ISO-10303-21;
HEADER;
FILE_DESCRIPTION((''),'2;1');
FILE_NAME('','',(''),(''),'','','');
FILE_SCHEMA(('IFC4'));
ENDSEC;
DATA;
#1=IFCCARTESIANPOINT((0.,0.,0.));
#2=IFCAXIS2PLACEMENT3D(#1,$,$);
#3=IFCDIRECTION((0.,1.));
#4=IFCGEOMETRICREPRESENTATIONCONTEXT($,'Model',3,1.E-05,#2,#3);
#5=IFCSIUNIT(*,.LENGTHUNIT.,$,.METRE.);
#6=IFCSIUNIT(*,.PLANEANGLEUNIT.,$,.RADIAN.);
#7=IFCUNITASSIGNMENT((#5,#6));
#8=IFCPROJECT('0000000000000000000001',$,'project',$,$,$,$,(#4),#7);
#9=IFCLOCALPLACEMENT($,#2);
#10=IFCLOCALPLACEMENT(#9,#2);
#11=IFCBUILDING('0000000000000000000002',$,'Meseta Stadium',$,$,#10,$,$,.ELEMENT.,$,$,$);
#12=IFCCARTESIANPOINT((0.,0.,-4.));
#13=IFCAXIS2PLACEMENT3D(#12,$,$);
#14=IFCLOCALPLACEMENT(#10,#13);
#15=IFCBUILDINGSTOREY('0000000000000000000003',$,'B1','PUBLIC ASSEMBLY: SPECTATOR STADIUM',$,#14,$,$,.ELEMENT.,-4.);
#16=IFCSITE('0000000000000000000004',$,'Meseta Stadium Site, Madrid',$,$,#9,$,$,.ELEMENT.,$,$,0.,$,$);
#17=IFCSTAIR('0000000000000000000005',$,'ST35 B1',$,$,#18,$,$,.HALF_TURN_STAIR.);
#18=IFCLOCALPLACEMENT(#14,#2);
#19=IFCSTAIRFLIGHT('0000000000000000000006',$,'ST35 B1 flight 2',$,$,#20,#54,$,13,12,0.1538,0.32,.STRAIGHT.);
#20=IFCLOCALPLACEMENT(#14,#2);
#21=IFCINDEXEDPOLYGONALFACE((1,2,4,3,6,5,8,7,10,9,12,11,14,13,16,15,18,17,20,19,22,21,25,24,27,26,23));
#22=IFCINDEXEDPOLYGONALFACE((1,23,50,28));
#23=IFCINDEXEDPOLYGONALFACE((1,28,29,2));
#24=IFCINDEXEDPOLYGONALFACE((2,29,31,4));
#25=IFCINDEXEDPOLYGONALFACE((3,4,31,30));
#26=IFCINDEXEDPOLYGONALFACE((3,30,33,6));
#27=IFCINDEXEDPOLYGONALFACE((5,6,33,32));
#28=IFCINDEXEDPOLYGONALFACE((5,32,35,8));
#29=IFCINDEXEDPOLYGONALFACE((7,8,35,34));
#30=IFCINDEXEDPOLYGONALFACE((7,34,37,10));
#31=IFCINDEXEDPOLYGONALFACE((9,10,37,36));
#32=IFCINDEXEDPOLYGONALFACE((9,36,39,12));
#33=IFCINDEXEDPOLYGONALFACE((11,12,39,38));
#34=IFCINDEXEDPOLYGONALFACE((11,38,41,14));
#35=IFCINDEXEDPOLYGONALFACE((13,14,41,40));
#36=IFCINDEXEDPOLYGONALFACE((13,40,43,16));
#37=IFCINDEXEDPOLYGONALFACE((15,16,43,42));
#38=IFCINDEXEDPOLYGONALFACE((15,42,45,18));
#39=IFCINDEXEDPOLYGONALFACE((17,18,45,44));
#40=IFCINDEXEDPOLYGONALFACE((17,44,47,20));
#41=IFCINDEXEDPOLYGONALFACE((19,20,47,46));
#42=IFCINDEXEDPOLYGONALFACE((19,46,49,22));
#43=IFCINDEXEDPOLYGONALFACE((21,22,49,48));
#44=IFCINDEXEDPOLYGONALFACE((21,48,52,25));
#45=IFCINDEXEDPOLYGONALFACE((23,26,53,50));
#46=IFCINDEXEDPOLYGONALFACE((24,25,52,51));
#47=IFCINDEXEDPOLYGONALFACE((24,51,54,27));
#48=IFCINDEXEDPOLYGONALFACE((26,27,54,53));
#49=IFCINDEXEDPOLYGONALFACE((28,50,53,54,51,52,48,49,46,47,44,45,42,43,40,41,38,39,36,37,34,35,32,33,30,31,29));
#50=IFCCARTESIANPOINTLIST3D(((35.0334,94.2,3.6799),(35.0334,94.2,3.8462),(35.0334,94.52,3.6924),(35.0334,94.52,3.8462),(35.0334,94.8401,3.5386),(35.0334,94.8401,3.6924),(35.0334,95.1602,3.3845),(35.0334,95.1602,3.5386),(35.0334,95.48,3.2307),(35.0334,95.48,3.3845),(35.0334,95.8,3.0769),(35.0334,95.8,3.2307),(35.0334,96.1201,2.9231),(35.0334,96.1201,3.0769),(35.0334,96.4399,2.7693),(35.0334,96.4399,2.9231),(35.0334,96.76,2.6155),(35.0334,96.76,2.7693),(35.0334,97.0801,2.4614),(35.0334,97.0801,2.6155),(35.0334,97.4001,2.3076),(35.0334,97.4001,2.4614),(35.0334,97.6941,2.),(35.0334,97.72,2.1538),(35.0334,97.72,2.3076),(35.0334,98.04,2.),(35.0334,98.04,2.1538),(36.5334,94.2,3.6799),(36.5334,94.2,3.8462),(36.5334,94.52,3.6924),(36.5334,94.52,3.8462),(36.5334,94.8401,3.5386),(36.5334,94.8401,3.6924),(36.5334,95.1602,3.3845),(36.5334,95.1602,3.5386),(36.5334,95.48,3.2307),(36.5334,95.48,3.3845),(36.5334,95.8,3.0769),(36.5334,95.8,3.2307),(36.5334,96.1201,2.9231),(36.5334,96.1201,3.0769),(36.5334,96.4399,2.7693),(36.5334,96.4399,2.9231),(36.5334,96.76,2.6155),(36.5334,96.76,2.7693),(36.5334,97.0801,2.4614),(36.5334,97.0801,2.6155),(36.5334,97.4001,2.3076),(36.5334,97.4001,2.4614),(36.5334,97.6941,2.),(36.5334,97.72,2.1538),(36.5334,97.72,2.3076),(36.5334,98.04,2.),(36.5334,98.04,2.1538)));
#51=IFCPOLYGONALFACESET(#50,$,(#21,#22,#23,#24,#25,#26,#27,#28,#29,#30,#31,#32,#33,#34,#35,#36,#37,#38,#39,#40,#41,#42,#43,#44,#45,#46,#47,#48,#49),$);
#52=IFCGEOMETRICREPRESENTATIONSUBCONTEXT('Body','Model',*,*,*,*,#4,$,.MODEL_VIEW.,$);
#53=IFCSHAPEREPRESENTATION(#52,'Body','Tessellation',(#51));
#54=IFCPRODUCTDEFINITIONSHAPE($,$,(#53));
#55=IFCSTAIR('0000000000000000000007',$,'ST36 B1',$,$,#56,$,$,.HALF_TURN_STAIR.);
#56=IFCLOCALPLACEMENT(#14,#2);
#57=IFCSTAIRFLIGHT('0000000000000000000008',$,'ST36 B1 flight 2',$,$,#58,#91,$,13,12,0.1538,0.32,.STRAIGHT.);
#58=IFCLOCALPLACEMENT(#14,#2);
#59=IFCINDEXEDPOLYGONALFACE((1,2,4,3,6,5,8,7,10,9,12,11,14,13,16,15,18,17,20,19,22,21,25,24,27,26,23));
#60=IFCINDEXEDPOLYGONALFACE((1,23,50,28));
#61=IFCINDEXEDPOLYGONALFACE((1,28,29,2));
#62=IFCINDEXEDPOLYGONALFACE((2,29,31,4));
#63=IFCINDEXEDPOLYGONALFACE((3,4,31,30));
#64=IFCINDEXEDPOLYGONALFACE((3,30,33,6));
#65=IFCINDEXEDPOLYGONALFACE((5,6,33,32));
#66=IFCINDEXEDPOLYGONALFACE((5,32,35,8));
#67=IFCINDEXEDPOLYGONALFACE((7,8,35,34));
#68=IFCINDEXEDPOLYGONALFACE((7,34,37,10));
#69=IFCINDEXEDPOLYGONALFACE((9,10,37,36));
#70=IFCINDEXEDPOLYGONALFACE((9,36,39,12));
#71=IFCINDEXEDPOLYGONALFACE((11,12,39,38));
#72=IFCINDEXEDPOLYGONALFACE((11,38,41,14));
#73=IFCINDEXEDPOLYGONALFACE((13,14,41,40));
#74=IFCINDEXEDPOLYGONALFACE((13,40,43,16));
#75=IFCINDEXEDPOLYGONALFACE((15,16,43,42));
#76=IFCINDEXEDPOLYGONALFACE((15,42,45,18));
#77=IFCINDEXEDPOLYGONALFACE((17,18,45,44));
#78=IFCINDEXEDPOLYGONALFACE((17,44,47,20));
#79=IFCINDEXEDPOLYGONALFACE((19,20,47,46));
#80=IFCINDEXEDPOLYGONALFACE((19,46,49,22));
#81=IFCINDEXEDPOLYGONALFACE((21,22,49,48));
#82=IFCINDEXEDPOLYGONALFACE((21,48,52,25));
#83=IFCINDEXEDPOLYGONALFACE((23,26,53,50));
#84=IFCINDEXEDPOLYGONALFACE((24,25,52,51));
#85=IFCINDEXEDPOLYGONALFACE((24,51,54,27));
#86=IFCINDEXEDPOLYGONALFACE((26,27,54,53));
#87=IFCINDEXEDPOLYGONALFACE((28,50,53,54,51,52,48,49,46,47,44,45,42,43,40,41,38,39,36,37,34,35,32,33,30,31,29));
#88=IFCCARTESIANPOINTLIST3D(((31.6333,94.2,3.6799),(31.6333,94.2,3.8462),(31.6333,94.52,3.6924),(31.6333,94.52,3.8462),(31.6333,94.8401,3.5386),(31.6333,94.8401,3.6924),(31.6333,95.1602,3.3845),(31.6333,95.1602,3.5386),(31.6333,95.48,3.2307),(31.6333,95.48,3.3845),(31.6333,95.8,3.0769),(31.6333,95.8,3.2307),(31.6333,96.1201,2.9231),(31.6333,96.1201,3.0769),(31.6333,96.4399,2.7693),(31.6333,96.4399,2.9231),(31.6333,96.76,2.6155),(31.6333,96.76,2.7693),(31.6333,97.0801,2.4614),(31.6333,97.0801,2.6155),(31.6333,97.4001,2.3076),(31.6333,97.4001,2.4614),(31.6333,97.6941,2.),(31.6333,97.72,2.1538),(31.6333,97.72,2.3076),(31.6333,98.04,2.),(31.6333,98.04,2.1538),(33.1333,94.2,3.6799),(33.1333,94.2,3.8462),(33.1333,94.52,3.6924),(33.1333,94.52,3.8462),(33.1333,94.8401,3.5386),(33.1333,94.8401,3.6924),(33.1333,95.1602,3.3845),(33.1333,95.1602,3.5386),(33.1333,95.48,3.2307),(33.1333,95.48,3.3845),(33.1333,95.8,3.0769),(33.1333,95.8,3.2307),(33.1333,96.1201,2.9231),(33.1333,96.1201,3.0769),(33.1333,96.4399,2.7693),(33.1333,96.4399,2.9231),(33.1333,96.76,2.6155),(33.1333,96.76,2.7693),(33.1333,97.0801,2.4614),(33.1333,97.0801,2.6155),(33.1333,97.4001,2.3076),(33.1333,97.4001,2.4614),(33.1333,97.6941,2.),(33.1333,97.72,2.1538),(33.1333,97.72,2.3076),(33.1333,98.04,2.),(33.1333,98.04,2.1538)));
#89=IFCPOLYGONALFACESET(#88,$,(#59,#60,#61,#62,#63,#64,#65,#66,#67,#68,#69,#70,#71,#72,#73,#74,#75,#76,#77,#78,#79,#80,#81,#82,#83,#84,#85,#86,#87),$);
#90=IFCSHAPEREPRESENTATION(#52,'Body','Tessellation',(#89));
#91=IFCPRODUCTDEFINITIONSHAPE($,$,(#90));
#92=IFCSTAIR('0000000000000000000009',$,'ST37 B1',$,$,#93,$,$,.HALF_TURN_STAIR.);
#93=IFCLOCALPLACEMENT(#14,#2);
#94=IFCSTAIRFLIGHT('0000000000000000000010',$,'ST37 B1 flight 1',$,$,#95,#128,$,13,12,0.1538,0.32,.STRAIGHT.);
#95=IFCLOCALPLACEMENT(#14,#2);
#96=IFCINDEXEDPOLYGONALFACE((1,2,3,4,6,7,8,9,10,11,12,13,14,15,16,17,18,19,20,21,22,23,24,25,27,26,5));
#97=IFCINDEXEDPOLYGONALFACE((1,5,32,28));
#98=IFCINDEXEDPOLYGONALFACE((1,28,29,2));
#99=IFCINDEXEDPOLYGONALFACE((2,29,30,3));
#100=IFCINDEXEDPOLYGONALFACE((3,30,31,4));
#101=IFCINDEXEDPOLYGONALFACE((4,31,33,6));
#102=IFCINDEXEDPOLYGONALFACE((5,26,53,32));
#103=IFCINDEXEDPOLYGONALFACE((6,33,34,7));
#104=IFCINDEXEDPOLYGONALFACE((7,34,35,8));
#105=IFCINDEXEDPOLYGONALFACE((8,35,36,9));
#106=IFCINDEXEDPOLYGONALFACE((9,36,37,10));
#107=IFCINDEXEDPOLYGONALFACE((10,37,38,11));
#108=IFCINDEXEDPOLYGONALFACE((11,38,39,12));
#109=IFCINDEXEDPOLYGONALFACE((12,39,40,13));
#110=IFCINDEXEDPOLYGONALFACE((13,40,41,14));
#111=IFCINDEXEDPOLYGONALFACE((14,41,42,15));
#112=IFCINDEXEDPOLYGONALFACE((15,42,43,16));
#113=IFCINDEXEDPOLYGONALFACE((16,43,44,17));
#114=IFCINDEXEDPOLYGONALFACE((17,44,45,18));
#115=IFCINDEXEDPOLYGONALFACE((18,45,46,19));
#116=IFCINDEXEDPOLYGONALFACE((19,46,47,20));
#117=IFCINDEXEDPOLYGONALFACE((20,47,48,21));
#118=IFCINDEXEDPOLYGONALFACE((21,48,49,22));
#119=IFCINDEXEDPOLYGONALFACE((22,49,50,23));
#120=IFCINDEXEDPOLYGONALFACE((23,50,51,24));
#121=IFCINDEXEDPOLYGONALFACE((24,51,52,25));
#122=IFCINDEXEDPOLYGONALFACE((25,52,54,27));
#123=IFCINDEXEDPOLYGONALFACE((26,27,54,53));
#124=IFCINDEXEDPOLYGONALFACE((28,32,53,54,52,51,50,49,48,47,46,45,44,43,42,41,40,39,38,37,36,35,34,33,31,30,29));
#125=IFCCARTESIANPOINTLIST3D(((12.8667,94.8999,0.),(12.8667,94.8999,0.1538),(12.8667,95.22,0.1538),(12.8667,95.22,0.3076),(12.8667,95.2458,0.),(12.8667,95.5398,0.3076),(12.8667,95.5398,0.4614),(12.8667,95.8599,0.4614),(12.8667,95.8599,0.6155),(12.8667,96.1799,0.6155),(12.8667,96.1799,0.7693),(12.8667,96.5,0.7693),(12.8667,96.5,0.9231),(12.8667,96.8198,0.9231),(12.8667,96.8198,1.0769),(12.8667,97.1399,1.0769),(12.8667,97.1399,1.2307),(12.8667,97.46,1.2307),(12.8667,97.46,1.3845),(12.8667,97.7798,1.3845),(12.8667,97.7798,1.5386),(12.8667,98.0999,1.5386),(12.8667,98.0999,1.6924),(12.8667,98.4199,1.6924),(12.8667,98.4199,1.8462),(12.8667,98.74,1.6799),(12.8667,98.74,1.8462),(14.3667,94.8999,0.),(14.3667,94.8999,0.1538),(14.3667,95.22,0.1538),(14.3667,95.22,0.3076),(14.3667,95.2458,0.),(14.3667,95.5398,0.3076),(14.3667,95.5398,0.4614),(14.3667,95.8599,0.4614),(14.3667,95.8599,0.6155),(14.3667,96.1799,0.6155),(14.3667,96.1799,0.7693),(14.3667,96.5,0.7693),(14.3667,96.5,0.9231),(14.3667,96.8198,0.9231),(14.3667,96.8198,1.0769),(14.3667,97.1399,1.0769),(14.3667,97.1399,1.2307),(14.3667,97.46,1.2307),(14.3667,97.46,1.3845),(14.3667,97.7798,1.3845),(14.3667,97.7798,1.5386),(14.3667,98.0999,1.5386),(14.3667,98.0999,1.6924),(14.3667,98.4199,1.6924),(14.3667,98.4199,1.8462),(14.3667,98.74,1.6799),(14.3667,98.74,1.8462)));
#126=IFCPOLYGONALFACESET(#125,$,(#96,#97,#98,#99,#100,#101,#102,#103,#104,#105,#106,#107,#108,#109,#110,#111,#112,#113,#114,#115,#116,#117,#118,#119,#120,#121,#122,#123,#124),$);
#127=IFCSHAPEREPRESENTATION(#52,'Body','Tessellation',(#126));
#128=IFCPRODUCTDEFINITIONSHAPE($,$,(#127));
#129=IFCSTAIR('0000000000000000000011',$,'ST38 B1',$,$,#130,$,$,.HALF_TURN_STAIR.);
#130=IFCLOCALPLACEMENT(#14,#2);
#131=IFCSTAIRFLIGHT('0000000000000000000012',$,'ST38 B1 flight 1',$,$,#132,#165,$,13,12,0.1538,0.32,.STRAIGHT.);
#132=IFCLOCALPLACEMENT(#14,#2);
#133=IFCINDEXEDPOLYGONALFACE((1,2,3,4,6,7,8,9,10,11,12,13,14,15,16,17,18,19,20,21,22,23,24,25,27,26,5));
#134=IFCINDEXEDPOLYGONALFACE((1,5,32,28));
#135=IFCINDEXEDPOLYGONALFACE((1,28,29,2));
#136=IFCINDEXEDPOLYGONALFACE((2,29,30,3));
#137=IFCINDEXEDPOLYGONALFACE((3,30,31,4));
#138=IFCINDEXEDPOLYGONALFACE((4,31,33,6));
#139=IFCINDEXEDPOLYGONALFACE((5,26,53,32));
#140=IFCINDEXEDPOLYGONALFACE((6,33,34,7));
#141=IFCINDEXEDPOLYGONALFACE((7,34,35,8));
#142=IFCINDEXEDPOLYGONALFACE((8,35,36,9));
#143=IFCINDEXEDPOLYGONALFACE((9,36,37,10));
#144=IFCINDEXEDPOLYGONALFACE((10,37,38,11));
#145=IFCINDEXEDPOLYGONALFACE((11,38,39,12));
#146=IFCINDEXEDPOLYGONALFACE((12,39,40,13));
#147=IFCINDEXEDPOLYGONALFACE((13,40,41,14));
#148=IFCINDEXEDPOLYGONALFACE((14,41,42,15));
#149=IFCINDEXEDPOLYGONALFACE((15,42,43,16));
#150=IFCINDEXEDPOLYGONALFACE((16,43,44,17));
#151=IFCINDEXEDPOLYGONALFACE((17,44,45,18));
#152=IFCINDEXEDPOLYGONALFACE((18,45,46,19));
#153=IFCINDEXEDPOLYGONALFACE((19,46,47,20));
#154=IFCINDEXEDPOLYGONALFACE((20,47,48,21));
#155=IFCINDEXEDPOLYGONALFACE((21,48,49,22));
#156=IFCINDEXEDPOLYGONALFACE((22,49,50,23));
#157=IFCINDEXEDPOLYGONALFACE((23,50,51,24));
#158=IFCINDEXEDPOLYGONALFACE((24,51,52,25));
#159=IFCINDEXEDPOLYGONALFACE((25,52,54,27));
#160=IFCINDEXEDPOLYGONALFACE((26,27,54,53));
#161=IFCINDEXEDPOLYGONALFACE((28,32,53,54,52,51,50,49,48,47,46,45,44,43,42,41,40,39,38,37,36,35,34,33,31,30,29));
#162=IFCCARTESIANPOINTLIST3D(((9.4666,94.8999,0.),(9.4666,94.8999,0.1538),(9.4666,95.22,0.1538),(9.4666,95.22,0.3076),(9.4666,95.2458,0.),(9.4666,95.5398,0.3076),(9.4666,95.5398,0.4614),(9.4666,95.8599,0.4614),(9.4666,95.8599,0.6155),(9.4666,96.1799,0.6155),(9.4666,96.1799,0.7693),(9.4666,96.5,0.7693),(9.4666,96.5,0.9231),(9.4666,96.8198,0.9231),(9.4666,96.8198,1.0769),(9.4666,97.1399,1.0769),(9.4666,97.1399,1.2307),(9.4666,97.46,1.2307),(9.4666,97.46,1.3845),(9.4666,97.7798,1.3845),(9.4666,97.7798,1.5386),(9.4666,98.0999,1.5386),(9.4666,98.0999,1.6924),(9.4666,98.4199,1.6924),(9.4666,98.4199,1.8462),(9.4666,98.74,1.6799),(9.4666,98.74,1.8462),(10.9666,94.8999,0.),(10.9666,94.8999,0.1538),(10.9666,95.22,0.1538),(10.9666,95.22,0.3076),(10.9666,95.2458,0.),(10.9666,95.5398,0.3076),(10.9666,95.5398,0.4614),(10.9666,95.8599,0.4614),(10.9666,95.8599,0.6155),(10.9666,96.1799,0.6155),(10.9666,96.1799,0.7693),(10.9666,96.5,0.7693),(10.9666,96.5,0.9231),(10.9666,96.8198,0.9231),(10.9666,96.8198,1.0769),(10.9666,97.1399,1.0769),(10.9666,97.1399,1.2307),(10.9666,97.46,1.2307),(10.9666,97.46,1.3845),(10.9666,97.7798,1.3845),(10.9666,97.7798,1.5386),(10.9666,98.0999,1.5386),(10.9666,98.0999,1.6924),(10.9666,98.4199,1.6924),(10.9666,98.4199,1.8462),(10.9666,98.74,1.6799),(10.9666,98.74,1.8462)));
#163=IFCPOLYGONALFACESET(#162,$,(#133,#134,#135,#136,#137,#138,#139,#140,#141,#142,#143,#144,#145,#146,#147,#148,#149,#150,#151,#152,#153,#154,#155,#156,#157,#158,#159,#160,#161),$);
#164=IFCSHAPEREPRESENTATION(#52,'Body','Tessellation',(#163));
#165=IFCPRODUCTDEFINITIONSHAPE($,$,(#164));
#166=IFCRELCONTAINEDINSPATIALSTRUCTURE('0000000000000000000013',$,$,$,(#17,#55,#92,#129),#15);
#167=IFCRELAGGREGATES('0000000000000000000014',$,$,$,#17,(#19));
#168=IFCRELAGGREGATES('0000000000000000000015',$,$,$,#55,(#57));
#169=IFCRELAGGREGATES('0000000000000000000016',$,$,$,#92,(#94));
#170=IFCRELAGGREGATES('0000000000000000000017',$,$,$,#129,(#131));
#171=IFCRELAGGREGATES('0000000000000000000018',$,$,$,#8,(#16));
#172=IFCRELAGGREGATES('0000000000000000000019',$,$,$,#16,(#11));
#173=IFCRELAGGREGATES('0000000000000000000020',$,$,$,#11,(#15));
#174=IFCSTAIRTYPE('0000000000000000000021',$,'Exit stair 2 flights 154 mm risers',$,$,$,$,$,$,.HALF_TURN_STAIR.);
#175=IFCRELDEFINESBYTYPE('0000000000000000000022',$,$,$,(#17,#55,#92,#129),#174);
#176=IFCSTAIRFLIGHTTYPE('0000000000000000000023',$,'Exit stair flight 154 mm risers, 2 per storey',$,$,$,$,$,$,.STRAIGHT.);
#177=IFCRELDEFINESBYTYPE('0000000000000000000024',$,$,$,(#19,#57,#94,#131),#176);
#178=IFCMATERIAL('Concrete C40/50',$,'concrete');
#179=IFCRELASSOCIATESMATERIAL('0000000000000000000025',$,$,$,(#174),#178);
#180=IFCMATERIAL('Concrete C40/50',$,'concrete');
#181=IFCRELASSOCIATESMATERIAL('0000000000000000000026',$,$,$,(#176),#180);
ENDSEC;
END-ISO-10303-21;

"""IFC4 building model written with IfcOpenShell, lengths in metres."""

from ifc_helpers import new_model, si_unit, direction, frame, origin, place, context, subcontext, project, spatial, polyline, outline, extrude, material, type_object, element, aggregate, save


model = new_model("IFC4")

# Units and contexts
model_context = context("Model", 3, precision=1e-05, world=origin(), true_north=direction((0.0, 1.0)))
body_context = subcontext(model_context, "Body", "Model", "MODEL_VIEW")
ifc_project = project(units=[si_unit("LENGTHUNIT", "METRE"), si_unit("PLANEANGLEUNIT", "RADIAN")], contexts=[model_context])

# Site, building, storey
site_placement = place(None, origin())
site = spatial("IfcSite", under=ifc_project, at=site_placement, Name="Meseta Stadium Site, Madrid", CompositionType="ELEMENT", RefElevation=0.0)
building_placement = place(site_placement, origin())
building = spatial("IfcBuilding", under=site, at=building_placement, Name="Meseta Stadium", CompositionType="ELEMENT")
storey_placement = place(building_placement, frame((0.0, 0.0, -4.0)))
storey = spatial("IfcBuildingStorey", under=building, at=storey_placement, Name="B1", Description="PUBLIC ASSEMBLY: SPECTATOR STADIUM", CompositionType="ELEMENT", Elevation=-4.0)

# Shared definitions
ifc_material_1 = material(Name="Concrete C40/50", Category="concrete")
stair_type = type_object("IfcStairType", Name="Exit stair 2 flights 154 mm risers", PredefinedType="HALF_TURN_STAIR", material=ifc_material_1)
ifc_material_2 = material(Name="Concrete C40/50", Category="concrete")
stair_flight_type = type_object("IfcStairFlightType", Name="Exit stair flight 154 mm risers, 2 per storey", PredefinedType="STRAIGHT", material=ifc_material_2)

# Stairs, stair flights
stair_1_placement = place(storey_placement, origin())
stair_1 = element("IfcStair", 1, at=stair_1_placement, inside=storey, type_object=stair_type, Name="ST35 B1", PredefinedType="HALF_TURN_STAIR")
stair_flight_1_placement = place(storey_placement, frame((35.7834, 98.04, 2.0), z_axis=(0.0, 0.0, 1.0), x_axis=(0.0, -1.0, 0.0)))
stair_flight_1 = element("IfcStairFlight", 2, at=stair_flight_1_placement, type_object=stair_flight_type, Name="ST35 B1 flight 2", NumberOfRisers=13, NumberOfTreads=12, PredefinedType="STRAIGHT", RiserHeight=0.1538, TreadLength=0.32, context=body_context, shape_type="SweptSolid", body=[
    extrude(outline(polyline([(0.0, 0.0), (0.0, 0.1538), (0.3201, 0.1538), (0.3201, 0.3076), (0.6399, 0.3076), (0.6399, 0.4614), (0.96, 0.4614), (0.96, 0.6155), (1.28, 0.6155), (1.28, 0.7693), (1.6001, 0.7693), (1.6001, 0.9231), (1.9199, 0.9231), (1.9199, 1.0769), (2.24, 1.0769), (2.24, 1.2307), (2.5601, 1.2307), (2.5601, 1.3845), (2.8799, 1.3845), (2.8799, 1.5386), (3.2, 1.5386), (3.2, 1.6924), (3.52, 1.6924), (3.52, 1.8462), (3.8401, 1.8462), (3.8401, 1.6799), (0.3459, 0.0), (0.0, 0.0)])), frame((0.0, 0.75, 0.0), z_axis=(0.0, -1.0, 0.0), x_axis=(1.0, 0.0, 0.0)), (0.0, 0.0, 1.0), 1.5),
])
aggregate(stair_1, [stair_flight_1])
stair_2_placement = place(storey_placement, origin())
stair_2 = element("IfcStair", 3, at=stair_2_placement, inside=storey, type_object=stair_type, Name="ST36 B1", PredefinedType="HALF_TURN_STAIR")
stair_flight_2_placement = place(storey_placement, frame((32.3833, 98.04, 2.0), z_axis=(0.0, 0.0, 1.0), x_axis=(0.0, -1.0, 0.0)))
stair_flight_2 = element("IfcStairFlight", 4, at=stair_flight_2_placement, type_object=stair_flight_type, Name="ST36 B1 flight 2", NumberOfRisers=13, NumberOfTreads=12, PredefinedType="STRAIGHT", RiserHeight=0.1538, TreadLength=0.32, context=body_context, shape_type="SweptSolid", body=[
    extrude(outline(polyline([(0.0, 0.0), (0.0, 0.1538), (0.3201, 0.1538), (0.3201, 0.3076), (0.6399, 0.3076), (0.6399, 0.4614), (0.96, 0.4614), (0.96, 0.6155), (1.28, 0.6155), (1.28, 0.7693), (1.6001, 0.7693), (1.6001, 0.9231), (1.9199, 0.9231), (1.9199, 1.0769), (2.24, 1.0769), (2.24, 1.2307), (2.5601, 1.2307), (2.5601, 1.3845), (2.8799, 1.3845), (2.8799, 1.5386), (3.2, 1.5386), (3.2, 1.6924), (3.52, 1.6924), (3.52, 1.8462), (3.8401, 1.8462), (3.8401, 1.6799), (0.3459, 0.0), (0.0, 0.0)])), frame((0.0, 0.75, 0.0), z_axis=(0.0, -1.0, 0.0), x_axis=(1.0, 0.0, 0.0)), (0.0, 0.0, 1.0), 1.5),
])
aggregate(stair_2, [stair_flight_2])
stair_3_placement = place(storey_placement, origin())
stair_3 = element("IfcStair", 5, at=stair_3_placement, inside=storey, type_object=stair_type, Name="ST37 B1", PredefinedType="HALF_TURN_STAIR")
stair_flight_3_placement = place(storey_placement, frame((13.6167, 94.8999, 0.0), z_axis=(0.0, 0.0, 1.0), x_axis=(0.0, 1.0, 0.0)))
stair_flight_3 = element("IfcStairFlight", 6, at=stair_flight_3_placement, type_object=stair_flight_type, Name="ST37 B1 flight 1", NumberOfRisers=13, NumberOfTreads=12, PredefinedType="STRAIGHT", RiserHeight=0.1538, TreadLength=0.32, context=body_context, shape_type="SweptSolid", body=[
    extrude(outline(polyline([(0.0, 0.0), (0.0, 0.1538), (0.3201, 0.1538), (0.3201, 0.3076), (0.6399, 0.3076), (0.6399, 0.4614), (0.96, 0.4614), (0.96, 0.6155), (1.28, 0.6155), (1.28, 0.7693), (1.6001, 0.7693), (1.6001, 0.9231), (1.9199, 0.9231), (1.9199, 1.0769), (2.24, 1.0769), (2.24, 1.2307), (2.5601, 1.2307), (2.5601, 1.3845), (2.8799, 1.3845), (2.8799, 1.5386), (3.2, 1.5386), (3.2, 1.6924), (3.52, 1.6924), (3.52, 1.8462), (3.8401, 1.8462), (3.8401, 1.6799), (0.3459, 0.0), (0.0, 0.0)])), frame((0.0, 0.75, 0.0), z_axis=(0.0, -1.0, 0.0), x_axis=(1.0, 0.0, 0.0)), (0.0, 0.0, 1.0), 1.5),
])
aggregate(stair_3, [stair_flight_3])
stair_4_placement = place(storey_placement, origin())
stair_4 = element("IfcStair", 7, at=stair_4_placement, inside=storey, type_object=stair_type, Name="ST38 B1", PredefinedType="HALF_TURN_STAIR")
stair_flight_4_placement = place(storey_placement, frame((10.2166, 94.8999, 0.0), z_axis=(0.0, 0.0, 1.0), x_axis=(0.0, 1.0, 0.0)))
stair_flight_4 = element("IfcStairFlight", 8, at=stair_flight_4_placement, type_object=stair_flight_type, Name="ST38 B1 flight 1", NumberOfRisers=13, NumberOfTreads=12, PredefinedType="STRAIGHT", RiserHeight=0.1538, TreadLength=0.32, context=body_context, shape_type="SweptSolid", body=[
    extrude(outline(polyline([(0.0, 0.0), (0.0, 0.1538), (0.3201, 0.1538), (0.3201, 0.3076), (0.6399, 0.3076), (0.6399, 0.4614), (0.96, 0.4614), (0.96, 0.6155), (1.28, 0.6155), (1.28, 0.7693), (1.6001, 0.7693), (1.6001, 0.9231), (1.9199, 0.9231), (1.9199, 1.0769), (2.24, 1.0769), (2.24, 1.2307), (2.5601, 1.2307), (2.5601, 1.3845), (2.8799, 1.3845), (2.8799, 1.5386), (3.2, 1.5386), (3.2, 1.6924), (3.52, 1.6924), (3.52, 1.8462), (3.8401, 1.8462), (3.8401, 1.6799), (0.3459, 0.0), (0.0, 0.0)])), frame((0.0, 0.75, 0.0), z_axis=(0.0, -1.0, 0.0), x_axis=(1.0, 0.0, 0.0)), (0.0, 0.0, 1.0), 1.5),
])
aggregate(stair_4, [stair_flight_4])

save(model, "model.ifc")
